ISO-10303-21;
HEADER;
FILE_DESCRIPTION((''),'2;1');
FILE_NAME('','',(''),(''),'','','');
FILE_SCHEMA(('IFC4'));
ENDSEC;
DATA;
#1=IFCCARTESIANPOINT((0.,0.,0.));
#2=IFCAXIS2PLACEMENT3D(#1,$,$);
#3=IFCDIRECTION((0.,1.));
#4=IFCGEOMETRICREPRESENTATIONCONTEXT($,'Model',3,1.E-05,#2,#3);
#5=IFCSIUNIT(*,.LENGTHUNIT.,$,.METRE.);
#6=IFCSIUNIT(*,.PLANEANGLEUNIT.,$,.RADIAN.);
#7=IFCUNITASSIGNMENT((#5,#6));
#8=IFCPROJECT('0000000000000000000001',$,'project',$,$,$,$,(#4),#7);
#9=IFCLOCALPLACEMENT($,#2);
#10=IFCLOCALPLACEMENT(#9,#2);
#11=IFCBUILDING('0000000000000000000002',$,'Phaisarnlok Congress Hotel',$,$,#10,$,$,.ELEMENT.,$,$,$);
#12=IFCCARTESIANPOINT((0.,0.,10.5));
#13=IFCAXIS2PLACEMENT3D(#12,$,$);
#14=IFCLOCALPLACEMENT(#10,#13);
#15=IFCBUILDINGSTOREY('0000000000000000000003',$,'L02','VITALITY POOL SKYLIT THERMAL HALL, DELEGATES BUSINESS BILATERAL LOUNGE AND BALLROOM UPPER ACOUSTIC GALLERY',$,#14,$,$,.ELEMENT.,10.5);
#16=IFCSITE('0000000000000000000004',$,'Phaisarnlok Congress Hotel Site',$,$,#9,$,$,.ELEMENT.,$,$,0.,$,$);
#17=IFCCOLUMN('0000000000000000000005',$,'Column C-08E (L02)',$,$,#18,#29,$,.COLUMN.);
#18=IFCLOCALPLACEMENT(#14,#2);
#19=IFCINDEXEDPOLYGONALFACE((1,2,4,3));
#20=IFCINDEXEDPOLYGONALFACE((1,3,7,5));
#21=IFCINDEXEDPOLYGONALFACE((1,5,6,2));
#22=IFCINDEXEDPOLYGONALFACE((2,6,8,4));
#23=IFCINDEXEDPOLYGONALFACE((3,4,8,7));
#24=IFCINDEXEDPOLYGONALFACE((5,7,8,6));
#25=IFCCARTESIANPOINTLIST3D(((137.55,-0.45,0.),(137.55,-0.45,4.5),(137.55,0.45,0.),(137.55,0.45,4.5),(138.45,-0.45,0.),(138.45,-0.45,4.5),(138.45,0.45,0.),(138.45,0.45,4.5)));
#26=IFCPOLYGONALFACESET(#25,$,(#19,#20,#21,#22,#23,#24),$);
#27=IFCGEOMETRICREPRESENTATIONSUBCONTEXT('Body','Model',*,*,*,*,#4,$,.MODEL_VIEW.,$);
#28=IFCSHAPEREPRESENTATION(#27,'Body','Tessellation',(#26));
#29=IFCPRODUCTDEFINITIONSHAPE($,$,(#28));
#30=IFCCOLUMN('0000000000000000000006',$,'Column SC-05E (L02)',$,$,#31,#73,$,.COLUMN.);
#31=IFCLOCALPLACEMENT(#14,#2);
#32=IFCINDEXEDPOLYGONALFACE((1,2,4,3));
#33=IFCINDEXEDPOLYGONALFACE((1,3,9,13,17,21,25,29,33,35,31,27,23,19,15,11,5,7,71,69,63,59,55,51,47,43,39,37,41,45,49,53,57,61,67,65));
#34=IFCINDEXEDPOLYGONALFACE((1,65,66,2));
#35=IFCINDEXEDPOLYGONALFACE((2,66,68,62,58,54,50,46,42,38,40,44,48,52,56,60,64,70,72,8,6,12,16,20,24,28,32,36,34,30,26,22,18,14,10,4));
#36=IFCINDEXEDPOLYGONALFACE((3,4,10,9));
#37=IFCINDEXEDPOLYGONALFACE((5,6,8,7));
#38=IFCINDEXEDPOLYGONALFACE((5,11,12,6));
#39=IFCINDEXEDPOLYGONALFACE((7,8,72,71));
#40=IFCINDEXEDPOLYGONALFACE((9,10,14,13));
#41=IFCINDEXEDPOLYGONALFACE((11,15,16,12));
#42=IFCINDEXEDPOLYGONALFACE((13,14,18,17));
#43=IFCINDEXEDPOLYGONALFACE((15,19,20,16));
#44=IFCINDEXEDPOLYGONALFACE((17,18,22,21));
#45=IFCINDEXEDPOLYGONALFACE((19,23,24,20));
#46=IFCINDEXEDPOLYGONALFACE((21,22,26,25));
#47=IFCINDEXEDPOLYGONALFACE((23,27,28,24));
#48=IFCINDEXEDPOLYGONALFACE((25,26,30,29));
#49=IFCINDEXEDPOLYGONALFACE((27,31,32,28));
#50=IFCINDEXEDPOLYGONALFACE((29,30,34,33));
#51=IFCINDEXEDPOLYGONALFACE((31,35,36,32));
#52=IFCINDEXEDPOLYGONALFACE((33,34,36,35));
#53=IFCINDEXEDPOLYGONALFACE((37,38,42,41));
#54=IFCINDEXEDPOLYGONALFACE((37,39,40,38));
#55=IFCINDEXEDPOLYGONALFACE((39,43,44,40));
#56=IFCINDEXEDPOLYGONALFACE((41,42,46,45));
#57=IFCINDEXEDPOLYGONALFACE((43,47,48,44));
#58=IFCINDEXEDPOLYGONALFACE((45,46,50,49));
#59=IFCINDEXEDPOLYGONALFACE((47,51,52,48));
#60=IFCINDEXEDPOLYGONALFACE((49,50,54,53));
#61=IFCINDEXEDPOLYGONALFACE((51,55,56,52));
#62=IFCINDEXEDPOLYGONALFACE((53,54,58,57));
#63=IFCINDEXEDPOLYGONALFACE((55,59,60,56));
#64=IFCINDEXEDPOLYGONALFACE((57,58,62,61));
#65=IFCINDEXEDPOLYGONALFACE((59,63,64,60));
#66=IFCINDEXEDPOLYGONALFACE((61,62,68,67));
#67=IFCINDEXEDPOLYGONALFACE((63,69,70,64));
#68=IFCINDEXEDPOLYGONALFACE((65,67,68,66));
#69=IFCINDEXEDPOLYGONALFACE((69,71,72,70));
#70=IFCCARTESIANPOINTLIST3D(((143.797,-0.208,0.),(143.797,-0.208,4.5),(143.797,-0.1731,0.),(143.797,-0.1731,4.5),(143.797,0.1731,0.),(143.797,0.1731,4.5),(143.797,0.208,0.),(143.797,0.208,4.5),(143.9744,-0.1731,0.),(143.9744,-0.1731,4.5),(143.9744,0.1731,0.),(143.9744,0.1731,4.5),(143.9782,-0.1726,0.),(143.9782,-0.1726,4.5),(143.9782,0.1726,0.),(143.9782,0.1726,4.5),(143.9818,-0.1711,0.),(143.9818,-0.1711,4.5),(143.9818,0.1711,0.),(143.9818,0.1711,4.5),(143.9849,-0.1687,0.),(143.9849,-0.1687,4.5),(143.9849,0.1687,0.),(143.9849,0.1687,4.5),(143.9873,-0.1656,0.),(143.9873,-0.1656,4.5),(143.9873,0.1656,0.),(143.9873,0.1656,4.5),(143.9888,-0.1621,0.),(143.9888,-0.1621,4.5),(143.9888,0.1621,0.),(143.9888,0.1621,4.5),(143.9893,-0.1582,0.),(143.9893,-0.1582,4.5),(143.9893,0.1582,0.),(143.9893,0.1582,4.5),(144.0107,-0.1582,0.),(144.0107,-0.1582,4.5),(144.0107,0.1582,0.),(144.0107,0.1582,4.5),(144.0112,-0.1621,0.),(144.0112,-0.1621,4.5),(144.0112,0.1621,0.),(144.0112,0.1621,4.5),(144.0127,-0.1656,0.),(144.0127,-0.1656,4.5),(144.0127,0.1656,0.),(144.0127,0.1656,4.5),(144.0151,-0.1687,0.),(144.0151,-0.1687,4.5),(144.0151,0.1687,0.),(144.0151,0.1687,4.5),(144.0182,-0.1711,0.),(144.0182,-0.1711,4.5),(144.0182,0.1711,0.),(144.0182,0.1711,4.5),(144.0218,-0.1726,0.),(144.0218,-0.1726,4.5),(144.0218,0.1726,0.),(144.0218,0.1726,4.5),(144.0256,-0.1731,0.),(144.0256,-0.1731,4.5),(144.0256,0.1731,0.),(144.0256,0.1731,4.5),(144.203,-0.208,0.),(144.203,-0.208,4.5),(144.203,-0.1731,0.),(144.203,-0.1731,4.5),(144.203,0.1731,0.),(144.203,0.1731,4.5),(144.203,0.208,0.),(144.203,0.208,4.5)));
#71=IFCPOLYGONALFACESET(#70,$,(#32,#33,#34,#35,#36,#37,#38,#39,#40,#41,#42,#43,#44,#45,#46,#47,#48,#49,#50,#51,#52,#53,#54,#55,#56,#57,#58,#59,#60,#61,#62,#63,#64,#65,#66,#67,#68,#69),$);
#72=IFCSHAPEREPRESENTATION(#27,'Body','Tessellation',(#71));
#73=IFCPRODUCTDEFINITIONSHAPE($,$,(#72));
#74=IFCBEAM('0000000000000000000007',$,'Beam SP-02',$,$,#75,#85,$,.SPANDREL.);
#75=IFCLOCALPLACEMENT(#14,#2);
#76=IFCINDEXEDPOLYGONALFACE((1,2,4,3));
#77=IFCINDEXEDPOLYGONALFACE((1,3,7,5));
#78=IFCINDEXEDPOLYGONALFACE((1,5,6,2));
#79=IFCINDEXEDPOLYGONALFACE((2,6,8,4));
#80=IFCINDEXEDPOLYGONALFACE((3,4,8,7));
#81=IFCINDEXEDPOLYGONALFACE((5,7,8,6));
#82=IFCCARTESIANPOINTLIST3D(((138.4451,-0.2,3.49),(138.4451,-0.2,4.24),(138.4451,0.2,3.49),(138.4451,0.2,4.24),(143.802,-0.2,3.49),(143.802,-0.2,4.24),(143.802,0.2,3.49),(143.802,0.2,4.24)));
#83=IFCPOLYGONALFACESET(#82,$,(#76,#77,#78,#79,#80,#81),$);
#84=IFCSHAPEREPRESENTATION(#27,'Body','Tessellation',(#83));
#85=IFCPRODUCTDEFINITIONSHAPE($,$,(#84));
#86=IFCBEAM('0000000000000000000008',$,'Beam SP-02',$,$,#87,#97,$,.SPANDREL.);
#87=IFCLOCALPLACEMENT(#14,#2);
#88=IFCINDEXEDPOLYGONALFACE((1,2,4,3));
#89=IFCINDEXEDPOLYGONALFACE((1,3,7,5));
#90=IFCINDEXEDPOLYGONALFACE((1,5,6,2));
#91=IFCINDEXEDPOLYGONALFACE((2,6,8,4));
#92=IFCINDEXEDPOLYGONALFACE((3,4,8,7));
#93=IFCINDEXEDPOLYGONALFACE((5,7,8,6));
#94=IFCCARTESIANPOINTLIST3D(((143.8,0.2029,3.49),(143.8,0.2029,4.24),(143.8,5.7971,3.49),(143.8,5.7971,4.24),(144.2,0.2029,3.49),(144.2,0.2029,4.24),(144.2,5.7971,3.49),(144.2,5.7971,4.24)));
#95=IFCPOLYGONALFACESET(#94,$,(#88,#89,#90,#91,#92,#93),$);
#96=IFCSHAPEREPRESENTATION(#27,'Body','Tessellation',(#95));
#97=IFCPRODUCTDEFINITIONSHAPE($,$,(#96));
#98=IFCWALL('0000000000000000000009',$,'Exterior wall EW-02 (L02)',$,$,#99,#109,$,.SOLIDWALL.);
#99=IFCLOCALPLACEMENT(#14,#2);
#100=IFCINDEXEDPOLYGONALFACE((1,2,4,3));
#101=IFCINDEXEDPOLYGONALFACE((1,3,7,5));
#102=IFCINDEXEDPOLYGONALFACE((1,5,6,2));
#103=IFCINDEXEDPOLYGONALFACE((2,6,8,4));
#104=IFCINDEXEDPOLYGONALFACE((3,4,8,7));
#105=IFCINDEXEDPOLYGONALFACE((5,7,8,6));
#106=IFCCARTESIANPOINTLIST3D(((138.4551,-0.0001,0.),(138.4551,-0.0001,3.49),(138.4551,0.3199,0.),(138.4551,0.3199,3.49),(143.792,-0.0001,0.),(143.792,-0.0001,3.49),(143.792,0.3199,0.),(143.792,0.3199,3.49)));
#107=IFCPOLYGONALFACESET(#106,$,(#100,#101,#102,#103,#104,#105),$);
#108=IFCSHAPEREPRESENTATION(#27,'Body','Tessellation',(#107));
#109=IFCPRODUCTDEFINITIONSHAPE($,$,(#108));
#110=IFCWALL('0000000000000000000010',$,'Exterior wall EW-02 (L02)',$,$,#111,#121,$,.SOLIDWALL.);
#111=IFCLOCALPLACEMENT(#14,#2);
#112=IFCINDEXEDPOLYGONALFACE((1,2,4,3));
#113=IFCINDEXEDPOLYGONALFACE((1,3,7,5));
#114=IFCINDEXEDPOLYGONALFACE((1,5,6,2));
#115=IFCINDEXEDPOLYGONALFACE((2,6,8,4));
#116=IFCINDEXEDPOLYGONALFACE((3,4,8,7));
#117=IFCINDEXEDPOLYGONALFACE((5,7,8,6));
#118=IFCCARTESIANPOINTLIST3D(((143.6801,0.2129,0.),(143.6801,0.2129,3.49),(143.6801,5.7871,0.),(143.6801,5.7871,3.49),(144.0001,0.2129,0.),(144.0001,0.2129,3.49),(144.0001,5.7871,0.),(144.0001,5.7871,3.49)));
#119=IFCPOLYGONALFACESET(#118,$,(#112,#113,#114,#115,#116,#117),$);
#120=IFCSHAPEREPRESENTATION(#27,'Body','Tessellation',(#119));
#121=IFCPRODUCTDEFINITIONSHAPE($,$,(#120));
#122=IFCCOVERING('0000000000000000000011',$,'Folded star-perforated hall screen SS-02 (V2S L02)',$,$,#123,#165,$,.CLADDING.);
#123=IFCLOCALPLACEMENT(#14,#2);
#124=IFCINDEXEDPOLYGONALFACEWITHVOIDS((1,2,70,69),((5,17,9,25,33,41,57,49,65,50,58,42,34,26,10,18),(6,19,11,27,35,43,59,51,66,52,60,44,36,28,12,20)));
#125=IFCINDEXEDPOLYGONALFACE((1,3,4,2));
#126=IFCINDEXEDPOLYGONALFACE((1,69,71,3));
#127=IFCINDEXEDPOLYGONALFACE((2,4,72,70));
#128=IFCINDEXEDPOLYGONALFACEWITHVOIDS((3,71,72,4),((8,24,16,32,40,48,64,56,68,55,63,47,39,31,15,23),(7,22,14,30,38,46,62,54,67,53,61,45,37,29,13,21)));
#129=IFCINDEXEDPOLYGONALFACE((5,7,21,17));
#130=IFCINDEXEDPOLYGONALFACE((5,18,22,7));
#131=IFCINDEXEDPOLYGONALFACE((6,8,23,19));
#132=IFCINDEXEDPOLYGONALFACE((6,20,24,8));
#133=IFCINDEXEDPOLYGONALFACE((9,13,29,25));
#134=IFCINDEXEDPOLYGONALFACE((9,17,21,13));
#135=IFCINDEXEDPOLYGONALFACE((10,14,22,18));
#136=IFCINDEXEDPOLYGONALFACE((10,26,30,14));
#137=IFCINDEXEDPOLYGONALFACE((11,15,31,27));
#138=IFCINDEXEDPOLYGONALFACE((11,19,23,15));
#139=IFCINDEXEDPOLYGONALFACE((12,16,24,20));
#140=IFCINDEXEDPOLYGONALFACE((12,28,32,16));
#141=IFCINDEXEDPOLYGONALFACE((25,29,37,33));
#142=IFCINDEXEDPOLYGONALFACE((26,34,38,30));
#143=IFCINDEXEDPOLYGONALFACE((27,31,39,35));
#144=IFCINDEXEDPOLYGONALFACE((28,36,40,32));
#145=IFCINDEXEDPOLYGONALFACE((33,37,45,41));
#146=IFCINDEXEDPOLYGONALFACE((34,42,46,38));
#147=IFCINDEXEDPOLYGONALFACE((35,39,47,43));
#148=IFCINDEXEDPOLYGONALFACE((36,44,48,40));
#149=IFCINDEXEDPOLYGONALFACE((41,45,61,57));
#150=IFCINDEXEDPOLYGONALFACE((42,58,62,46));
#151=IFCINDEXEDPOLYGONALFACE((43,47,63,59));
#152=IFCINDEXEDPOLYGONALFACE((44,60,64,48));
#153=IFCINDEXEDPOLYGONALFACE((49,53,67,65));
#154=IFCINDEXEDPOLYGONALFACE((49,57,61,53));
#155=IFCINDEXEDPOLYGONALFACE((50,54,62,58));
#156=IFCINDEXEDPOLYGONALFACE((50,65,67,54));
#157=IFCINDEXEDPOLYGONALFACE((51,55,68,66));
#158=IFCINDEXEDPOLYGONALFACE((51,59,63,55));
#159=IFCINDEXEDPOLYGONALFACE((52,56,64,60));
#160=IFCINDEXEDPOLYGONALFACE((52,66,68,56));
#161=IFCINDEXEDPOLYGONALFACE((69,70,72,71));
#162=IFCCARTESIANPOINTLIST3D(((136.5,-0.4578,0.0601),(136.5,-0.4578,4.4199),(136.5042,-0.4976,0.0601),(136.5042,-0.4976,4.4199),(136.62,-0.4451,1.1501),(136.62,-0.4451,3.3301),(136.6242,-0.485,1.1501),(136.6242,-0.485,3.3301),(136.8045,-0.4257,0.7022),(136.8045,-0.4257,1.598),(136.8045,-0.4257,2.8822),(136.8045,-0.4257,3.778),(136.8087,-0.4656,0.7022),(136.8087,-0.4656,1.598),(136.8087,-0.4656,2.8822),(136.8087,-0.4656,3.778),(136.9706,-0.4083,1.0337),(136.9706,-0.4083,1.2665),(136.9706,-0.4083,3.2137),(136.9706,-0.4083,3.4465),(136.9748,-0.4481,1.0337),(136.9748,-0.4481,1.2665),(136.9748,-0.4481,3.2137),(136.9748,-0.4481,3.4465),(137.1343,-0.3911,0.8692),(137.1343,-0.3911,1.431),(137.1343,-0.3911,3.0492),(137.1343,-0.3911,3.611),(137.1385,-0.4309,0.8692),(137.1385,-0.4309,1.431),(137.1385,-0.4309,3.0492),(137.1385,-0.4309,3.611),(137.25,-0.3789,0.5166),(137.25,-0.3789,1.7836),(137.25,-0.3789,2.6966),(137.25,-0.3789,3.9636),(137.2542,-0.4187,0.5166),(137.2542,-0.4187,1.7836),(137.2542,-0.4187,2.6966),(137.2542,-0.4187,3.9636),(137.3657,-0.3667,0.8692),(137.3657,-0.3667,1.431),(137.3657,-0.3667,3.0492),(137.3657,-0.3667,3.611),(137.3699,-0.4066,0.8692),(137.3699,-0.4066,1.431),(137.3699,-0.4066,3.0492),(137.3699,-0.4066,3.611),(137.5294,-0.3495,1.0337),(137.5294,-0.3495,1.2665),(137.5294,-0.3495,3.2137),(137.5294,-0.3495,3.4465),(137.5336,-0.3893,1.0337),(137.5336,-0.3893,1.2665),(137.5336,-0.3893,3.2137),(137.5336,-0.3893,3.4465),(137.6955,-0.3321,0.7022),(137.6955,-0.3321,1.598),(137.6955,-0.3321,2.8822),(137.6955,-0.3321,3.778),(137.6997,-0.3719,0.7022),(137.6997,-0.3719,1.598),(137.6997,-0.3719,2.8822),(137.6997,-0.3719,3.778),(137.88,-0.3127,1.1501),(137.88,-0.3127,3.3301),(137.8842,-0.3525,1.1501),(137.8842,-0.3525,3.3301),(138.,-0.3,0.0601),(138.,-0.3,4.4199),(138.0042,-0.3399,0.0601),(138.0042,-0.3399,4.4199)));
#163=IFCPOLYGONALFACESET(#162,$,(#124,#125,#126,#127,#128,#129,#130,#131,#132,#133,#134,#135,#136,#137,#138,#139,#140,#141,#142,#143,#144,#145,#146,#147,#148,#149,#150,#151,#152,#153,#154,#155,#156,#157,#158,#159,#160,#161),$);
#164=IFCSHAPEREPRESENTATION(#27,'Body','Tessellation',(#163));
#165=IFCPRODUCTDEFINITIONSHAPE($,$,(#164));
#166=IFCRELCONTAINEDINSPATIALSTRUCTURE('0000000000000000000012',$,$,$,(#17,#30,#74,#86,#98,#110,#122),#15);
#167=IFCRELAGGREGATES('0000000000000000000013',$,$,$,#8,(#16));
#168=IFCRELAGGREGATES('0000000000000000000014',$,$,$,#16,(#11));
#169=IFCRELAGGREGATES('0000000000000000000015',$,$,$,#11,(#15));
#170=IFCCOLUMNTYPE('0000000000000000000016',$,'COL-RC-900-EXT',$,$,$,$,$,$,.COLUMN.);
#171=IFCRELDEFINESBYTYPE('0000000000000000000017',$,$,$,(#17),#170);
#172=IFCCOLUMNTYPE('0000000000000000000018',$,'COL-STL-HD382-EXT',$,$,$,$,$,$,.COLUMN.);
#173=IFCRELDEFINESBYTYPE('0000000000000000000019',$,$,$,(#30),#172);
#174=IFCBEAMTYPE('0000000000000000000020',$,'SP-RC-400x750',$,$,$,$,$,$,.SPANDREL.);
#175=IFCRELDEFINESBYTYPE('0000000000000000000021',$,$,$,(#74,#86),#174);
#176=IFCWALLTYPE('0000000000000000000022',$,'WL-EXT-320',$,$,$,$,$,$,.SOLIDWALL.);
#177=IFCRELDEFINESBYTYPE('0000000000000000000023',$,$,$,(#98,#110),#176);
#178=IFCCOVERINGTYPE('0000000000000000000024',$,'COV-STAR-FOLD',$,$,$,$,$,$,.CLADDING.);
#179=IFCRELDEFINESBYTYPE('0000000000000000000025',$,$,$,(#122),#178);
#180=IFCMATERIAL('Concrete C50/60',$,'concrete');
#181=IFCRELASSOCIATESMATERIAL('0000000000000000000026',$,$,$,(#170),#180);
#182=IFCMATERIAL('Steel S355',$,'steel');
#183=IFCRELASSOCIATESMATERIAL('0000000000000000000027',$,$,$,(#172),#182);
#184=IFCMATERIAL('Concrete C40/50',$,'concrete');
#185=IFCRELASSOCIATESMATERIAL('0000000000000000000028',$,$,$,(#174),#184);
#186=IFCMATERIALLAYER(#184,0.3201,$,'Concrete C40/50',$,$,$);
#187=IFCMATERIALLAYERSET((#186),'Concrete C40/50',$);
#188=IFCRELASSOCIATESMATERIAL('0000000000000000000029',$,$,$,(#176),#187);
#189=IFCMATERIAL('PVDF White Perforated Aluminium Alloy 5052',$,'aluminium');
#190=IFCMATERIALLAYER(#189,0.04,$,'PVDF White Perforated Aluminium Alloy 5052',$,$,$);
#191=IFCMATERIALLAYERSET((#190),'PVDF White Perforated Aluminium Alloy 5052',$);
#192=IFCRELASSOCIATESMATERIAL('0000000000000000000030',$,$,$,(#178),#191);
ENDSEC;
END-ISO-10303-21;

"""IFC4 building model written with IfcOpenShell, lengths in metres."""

from ifc_helpers import new_model, si_unit, direction, frame, frame_2d, origin, origin_2d, place, context, subcontext, project, spatial, polyline, rectangle, i_section, outline, extrude, material, layer, layer_set, material_profile, profile_set, type_object, element, save


model = new_model("IFC4")

# Units and contexts
model_context = context("Model", 3, precision=1e-05, world=origin(), true_north=direction((0.0, 1.0)))
body_context = subcontext(model_context, "Body", "Model", "MODEL_VIEW")
ifc_project = project(units=[si_unit("LENGTHUNIT", "METRE"), si_unit("PLANEANGLEUNIT", "RADIAN")], contexts=[model_context])

# Site, building, storey
site_placement = place(None, origin())
site = spatial("IfcSite", under=ifc_project, at=site_placement, Name="Phaisarnlok Congress Hotel Site", CompositionType="ELEMENT", RefElevation=0.0)
building_placement = place(site_placement, origin())
building = spatial("IfcBuilding", under=site, at=building_placement, Name="Phaisarnlok Congress Hotel", CompositionType="ELEMENT")
storey_placement = place(building_placement, frame((0.0, 0.0, 10.5)))
storey = spatial("IfcBuildingStorey", under=building, at=storey_placement, Name="L02", Description="VITALITY POOL SKYLIT THERMAL HALL, DELEGATES BUSINESS BILATERAL LOUNGE AND BALLROOM UPPER ACOUSTIC GALLERY", CompositionType="ELEMENT", Elevation=10.5)

# Columns
ifc_material_1 = material(Name="Concrete C50/60", Category="concrete")
ifc_material_profile_1 = material_profile(ifc_material_1, rectangle(XDim=0.8999, YDim=0.8999, at=origin_2d()), Name="RC 900x900")
ifc_profile_set_1 = profile_set([ifc_material_profile_1], Name="Concrete C50/60")
column_type_1 = type_object("IfcColumnType", Name="COL-RC-900-EXT", PredefinedType="COLUMN", material=ifc_profile_set_1)
column_1_placement = place(storey_placement, frame((138.0, 0.0, 0.0), z_axis=(0.0, 0.0, 1.0), x_axis=(1.0, 0.0, 0.0)))
element("IfcColumn", 1, at=column_1_placement, inside=storey, type_object=column_type_1, Name="Column C-08E (L02)", PredefinedType="COLUMN", context=body_context, shape_type="SweptSolid", body=[
    extrude(rectangle(XDim=0.8999, YDim=0.8999, at=origin_2d()), origin(), (0.0, 0.0, 1.0), 4.5),
])
ifc_material_2 = material(Name="Steel S355", Category="steel")
ifc_material_profile_2 = material_profile(ifc_material_2, i_section(OverallWidth=0.406, OverallDepth=0.416, WebThickness=0.0215, FlangeThickness=0.0349, FilletRadius=0.0149, at=origin_2d()), Name="HD 400x382")
ifc_profile_set_2 = profile_set([ifc_material_profile_2], Name="Steel S355")
column_type_2 = type_object("IfcColumnType", Name="COL-STL-HD382-EXT", PredefinedType="COLUMN", material=ifc_profile_set_2)
column_2_placement = place(storey_placement, frame((144.0, 0.0, 0.0), z_axis=(0.0, 0.0, 1.0), x_axis=(1.0, 0.0, 0.0)))
element("IfcColumn", 2, at=column_2_placement, inside=storey, type_object=column_type_2, Name="Column SC-05E (L02)", PredefinedType="COLUMN", context=body_context, shape_type="SweptSolid", body=[
    extrude(i_section(OverallWidth=0.406, OverallDepth=0.416, WebThickness=0.0215, FlangeThickness=0.0349, FilletRadius=0.0149, at=origin_2d()), origin(), (0.0, 0.0, 1.0), 4.5),
])

# Beams
ifc_material_3 = material(Name="Concrete C40/50", Category="concrete")
ifc_material_profile_3 = material_profile(ifc_material_3, rectangle(XDim=0.3999, YDim=0.75, at=origin_2d()), Name="RC 400x750")
ifc_profile_set_3 = profile_set([ifc_material_profile_3], Name="Concrete C40/50")
beam_type = type_object("IfcBeamType", Name="SP-RC-400x750", PredefinedType="SPANDREL", material=ifc_profile_set_3)
beam_1_placement = place(storey_placement, frame((138.4451, 0.0, 3.865), z_axis=(1.0, 0.0, 0.0), x_axis=(0.0, 1.0, 0.0)))
element("IfcBeam", 3, at=beam_1_placement, inside=storey, type_object=beam_type, Name="Beam SP-02", PredefinedType="SPANDREL", context=body_context, shape_type="SweptSolid", body=[
    extrude(rectangle(XDim=0.3999, YDim=0.75, at=origin_2d()), origin(), (0.0, 0.0, 1.0), 5.3569),
])
beam_2_placement = place(storey_placement, frame((144.0, 0.2029, 3.865), z_axis=(0.0, 1.0, 0.0), x_axis=(-1.0, 0.0, 0.0)))
element("IfcBeam", 4, at=beam_2_placement, inside=storey, type_object=beam_type, Name="Beam SP-02", PredefinedType="SPANDREL", context=body_context, shape_type="SweptSolid", body=[
    extrude(rectangle(XDim=0.3999, YDim=0.75, at=origin_2d()), origin(), (0.0, 0.0, 1.0), 5.5942),
])

# Walls
ifc_layer_1 = layer(ifc_material_3, 0.3201, Name="Concrete C40/50")
ifc_layer_set_1 = layer_set([ifc_layer_1], Name="Concrete C40/50")
wall_type = type_object("IfcWallType", Name="WL-EXT-320", PredefinedType="SOLIDWALL", material=ifc_layer_set_1)
wall_1_placement = place(storey_placement, frame((138.4551, 0.1599, 0.0), z_axis=(0.0, 0.0, 1.0), x_axis=(1.0, 0.0, 0.0)))
element("IfcWall", 5, at=wall_1_placement, inside=storey, type_object=wall_type, Name="Exterior wall EW-02 (L02)", PredefinedType="SOLIDWALL", context=body_context, shape_type="SweptSolid", body=[
    extrude(rectangle(XDim=5.3369, YDim=0.3201, at=frame_2d((2.6685, 0.0))), origin(), (0.0, 0.0, 1.0), 3.49),
])
wall_2_placement = place(storey_placement, frame((143.8401, 0.2129, 0.0), z_axis=(0.0, 0.0, 1.0), x_axis=(0.0, 1.0, 0.0)))
element("IfcWall", 6, at=wall_2_placement, inside=storey, type_object=wall_type, Name="Exterior wall EW-02 (L02)", PredefinedType="SOLIDWALL", context=body_context, shape_type="SweptSolid", body=[
    extrude(rectangle(XDim=5.5742, YDim=0.3201, at=frame_2d((2.7871, 0.0))), origin(), (0.0, 0.0, 1.0), 3.49),
])

# Covering
ifc_material_4 = material(Name="PVDF White Perforated Aluminium Alloy 5052", Category="aluminium")
ifc_layer_2 = layer(ifc_material_4, 0.04, Name="PVDF White Perforated Aluminium Alloy 5052")
ifc_layer_set_2 = layer_set([ifc_layer_2], Name="PVDF White Perforated Aluminium Alloy 5052")
covering_type = type_object("IfcCoveringType", Name="COV-STAR-FOLD", PredefinedType="CLADDING", material=ifc_layer_set_2)
for number, where, z_axis, x_axis, name in (
    (7, (136.5, -0.4578, 0.0601), (0.104567, -0.994518, 0.0), (0.994518, 0.104567, 0.0), "Folded star-perforated hall screen SS-02 (V2S L02)"),
):
    element("IfcCovering", number, at=place(storey_placement, frame(where, z_axis=z_axis, x_axis=x_axis)), inside=storey, type_object=covering_type, Name=name, PredefinedType="CLADDING", context=body_context, shape_type="SweptSolid", body=[
        extrude(outline(polyline([(0.0, 0.0), (1.5083, 0.0), (1.5083, 4.3599), (0.0, 4.3599), (0.0, 0.0)]), holes=[polyline([(1.0351, 0.9736), (1.2021, 0.6421), (0.8705, 0.8091), (0.7541, 0.4565), (0.6378, 0.8091), (0.3062, 0.6421), (0.4732, 0.9736), (0.1207, 1.09), (0.4732, 1.2064), (0.3062, 1.5379), (0.6378, 1.3709), (0.7541, 1.7235), (0.8705, 1.3709), (1.2021, 1.5379), (1.0351, 1.2064), (1.3876, 1.09), (1.0351, 0.9736)]), polyline([(1.0351, 3.1536), (1.2021, 2.8221), (0.8705, 2.9891), (0.7541, 2.6365), (0.6378, 2.9891), (0.3062, 2.8221), (0.4732, 3.1536), (0.1207, 3.27), (0.4732, 3.3864), (0.3062, 3.7179), (0.6378, 3.5509), (0.7541, 3.9035), (0.8705, 3.5509), (1.2021, 3.7179), (1.0351, 3.3864), (1.3876, 3.27), (1.0351, 3.1536)])]), origin(), (0.0, 0.0, 1.0), 0.04),
    ])

save(model, "model.ifc")
